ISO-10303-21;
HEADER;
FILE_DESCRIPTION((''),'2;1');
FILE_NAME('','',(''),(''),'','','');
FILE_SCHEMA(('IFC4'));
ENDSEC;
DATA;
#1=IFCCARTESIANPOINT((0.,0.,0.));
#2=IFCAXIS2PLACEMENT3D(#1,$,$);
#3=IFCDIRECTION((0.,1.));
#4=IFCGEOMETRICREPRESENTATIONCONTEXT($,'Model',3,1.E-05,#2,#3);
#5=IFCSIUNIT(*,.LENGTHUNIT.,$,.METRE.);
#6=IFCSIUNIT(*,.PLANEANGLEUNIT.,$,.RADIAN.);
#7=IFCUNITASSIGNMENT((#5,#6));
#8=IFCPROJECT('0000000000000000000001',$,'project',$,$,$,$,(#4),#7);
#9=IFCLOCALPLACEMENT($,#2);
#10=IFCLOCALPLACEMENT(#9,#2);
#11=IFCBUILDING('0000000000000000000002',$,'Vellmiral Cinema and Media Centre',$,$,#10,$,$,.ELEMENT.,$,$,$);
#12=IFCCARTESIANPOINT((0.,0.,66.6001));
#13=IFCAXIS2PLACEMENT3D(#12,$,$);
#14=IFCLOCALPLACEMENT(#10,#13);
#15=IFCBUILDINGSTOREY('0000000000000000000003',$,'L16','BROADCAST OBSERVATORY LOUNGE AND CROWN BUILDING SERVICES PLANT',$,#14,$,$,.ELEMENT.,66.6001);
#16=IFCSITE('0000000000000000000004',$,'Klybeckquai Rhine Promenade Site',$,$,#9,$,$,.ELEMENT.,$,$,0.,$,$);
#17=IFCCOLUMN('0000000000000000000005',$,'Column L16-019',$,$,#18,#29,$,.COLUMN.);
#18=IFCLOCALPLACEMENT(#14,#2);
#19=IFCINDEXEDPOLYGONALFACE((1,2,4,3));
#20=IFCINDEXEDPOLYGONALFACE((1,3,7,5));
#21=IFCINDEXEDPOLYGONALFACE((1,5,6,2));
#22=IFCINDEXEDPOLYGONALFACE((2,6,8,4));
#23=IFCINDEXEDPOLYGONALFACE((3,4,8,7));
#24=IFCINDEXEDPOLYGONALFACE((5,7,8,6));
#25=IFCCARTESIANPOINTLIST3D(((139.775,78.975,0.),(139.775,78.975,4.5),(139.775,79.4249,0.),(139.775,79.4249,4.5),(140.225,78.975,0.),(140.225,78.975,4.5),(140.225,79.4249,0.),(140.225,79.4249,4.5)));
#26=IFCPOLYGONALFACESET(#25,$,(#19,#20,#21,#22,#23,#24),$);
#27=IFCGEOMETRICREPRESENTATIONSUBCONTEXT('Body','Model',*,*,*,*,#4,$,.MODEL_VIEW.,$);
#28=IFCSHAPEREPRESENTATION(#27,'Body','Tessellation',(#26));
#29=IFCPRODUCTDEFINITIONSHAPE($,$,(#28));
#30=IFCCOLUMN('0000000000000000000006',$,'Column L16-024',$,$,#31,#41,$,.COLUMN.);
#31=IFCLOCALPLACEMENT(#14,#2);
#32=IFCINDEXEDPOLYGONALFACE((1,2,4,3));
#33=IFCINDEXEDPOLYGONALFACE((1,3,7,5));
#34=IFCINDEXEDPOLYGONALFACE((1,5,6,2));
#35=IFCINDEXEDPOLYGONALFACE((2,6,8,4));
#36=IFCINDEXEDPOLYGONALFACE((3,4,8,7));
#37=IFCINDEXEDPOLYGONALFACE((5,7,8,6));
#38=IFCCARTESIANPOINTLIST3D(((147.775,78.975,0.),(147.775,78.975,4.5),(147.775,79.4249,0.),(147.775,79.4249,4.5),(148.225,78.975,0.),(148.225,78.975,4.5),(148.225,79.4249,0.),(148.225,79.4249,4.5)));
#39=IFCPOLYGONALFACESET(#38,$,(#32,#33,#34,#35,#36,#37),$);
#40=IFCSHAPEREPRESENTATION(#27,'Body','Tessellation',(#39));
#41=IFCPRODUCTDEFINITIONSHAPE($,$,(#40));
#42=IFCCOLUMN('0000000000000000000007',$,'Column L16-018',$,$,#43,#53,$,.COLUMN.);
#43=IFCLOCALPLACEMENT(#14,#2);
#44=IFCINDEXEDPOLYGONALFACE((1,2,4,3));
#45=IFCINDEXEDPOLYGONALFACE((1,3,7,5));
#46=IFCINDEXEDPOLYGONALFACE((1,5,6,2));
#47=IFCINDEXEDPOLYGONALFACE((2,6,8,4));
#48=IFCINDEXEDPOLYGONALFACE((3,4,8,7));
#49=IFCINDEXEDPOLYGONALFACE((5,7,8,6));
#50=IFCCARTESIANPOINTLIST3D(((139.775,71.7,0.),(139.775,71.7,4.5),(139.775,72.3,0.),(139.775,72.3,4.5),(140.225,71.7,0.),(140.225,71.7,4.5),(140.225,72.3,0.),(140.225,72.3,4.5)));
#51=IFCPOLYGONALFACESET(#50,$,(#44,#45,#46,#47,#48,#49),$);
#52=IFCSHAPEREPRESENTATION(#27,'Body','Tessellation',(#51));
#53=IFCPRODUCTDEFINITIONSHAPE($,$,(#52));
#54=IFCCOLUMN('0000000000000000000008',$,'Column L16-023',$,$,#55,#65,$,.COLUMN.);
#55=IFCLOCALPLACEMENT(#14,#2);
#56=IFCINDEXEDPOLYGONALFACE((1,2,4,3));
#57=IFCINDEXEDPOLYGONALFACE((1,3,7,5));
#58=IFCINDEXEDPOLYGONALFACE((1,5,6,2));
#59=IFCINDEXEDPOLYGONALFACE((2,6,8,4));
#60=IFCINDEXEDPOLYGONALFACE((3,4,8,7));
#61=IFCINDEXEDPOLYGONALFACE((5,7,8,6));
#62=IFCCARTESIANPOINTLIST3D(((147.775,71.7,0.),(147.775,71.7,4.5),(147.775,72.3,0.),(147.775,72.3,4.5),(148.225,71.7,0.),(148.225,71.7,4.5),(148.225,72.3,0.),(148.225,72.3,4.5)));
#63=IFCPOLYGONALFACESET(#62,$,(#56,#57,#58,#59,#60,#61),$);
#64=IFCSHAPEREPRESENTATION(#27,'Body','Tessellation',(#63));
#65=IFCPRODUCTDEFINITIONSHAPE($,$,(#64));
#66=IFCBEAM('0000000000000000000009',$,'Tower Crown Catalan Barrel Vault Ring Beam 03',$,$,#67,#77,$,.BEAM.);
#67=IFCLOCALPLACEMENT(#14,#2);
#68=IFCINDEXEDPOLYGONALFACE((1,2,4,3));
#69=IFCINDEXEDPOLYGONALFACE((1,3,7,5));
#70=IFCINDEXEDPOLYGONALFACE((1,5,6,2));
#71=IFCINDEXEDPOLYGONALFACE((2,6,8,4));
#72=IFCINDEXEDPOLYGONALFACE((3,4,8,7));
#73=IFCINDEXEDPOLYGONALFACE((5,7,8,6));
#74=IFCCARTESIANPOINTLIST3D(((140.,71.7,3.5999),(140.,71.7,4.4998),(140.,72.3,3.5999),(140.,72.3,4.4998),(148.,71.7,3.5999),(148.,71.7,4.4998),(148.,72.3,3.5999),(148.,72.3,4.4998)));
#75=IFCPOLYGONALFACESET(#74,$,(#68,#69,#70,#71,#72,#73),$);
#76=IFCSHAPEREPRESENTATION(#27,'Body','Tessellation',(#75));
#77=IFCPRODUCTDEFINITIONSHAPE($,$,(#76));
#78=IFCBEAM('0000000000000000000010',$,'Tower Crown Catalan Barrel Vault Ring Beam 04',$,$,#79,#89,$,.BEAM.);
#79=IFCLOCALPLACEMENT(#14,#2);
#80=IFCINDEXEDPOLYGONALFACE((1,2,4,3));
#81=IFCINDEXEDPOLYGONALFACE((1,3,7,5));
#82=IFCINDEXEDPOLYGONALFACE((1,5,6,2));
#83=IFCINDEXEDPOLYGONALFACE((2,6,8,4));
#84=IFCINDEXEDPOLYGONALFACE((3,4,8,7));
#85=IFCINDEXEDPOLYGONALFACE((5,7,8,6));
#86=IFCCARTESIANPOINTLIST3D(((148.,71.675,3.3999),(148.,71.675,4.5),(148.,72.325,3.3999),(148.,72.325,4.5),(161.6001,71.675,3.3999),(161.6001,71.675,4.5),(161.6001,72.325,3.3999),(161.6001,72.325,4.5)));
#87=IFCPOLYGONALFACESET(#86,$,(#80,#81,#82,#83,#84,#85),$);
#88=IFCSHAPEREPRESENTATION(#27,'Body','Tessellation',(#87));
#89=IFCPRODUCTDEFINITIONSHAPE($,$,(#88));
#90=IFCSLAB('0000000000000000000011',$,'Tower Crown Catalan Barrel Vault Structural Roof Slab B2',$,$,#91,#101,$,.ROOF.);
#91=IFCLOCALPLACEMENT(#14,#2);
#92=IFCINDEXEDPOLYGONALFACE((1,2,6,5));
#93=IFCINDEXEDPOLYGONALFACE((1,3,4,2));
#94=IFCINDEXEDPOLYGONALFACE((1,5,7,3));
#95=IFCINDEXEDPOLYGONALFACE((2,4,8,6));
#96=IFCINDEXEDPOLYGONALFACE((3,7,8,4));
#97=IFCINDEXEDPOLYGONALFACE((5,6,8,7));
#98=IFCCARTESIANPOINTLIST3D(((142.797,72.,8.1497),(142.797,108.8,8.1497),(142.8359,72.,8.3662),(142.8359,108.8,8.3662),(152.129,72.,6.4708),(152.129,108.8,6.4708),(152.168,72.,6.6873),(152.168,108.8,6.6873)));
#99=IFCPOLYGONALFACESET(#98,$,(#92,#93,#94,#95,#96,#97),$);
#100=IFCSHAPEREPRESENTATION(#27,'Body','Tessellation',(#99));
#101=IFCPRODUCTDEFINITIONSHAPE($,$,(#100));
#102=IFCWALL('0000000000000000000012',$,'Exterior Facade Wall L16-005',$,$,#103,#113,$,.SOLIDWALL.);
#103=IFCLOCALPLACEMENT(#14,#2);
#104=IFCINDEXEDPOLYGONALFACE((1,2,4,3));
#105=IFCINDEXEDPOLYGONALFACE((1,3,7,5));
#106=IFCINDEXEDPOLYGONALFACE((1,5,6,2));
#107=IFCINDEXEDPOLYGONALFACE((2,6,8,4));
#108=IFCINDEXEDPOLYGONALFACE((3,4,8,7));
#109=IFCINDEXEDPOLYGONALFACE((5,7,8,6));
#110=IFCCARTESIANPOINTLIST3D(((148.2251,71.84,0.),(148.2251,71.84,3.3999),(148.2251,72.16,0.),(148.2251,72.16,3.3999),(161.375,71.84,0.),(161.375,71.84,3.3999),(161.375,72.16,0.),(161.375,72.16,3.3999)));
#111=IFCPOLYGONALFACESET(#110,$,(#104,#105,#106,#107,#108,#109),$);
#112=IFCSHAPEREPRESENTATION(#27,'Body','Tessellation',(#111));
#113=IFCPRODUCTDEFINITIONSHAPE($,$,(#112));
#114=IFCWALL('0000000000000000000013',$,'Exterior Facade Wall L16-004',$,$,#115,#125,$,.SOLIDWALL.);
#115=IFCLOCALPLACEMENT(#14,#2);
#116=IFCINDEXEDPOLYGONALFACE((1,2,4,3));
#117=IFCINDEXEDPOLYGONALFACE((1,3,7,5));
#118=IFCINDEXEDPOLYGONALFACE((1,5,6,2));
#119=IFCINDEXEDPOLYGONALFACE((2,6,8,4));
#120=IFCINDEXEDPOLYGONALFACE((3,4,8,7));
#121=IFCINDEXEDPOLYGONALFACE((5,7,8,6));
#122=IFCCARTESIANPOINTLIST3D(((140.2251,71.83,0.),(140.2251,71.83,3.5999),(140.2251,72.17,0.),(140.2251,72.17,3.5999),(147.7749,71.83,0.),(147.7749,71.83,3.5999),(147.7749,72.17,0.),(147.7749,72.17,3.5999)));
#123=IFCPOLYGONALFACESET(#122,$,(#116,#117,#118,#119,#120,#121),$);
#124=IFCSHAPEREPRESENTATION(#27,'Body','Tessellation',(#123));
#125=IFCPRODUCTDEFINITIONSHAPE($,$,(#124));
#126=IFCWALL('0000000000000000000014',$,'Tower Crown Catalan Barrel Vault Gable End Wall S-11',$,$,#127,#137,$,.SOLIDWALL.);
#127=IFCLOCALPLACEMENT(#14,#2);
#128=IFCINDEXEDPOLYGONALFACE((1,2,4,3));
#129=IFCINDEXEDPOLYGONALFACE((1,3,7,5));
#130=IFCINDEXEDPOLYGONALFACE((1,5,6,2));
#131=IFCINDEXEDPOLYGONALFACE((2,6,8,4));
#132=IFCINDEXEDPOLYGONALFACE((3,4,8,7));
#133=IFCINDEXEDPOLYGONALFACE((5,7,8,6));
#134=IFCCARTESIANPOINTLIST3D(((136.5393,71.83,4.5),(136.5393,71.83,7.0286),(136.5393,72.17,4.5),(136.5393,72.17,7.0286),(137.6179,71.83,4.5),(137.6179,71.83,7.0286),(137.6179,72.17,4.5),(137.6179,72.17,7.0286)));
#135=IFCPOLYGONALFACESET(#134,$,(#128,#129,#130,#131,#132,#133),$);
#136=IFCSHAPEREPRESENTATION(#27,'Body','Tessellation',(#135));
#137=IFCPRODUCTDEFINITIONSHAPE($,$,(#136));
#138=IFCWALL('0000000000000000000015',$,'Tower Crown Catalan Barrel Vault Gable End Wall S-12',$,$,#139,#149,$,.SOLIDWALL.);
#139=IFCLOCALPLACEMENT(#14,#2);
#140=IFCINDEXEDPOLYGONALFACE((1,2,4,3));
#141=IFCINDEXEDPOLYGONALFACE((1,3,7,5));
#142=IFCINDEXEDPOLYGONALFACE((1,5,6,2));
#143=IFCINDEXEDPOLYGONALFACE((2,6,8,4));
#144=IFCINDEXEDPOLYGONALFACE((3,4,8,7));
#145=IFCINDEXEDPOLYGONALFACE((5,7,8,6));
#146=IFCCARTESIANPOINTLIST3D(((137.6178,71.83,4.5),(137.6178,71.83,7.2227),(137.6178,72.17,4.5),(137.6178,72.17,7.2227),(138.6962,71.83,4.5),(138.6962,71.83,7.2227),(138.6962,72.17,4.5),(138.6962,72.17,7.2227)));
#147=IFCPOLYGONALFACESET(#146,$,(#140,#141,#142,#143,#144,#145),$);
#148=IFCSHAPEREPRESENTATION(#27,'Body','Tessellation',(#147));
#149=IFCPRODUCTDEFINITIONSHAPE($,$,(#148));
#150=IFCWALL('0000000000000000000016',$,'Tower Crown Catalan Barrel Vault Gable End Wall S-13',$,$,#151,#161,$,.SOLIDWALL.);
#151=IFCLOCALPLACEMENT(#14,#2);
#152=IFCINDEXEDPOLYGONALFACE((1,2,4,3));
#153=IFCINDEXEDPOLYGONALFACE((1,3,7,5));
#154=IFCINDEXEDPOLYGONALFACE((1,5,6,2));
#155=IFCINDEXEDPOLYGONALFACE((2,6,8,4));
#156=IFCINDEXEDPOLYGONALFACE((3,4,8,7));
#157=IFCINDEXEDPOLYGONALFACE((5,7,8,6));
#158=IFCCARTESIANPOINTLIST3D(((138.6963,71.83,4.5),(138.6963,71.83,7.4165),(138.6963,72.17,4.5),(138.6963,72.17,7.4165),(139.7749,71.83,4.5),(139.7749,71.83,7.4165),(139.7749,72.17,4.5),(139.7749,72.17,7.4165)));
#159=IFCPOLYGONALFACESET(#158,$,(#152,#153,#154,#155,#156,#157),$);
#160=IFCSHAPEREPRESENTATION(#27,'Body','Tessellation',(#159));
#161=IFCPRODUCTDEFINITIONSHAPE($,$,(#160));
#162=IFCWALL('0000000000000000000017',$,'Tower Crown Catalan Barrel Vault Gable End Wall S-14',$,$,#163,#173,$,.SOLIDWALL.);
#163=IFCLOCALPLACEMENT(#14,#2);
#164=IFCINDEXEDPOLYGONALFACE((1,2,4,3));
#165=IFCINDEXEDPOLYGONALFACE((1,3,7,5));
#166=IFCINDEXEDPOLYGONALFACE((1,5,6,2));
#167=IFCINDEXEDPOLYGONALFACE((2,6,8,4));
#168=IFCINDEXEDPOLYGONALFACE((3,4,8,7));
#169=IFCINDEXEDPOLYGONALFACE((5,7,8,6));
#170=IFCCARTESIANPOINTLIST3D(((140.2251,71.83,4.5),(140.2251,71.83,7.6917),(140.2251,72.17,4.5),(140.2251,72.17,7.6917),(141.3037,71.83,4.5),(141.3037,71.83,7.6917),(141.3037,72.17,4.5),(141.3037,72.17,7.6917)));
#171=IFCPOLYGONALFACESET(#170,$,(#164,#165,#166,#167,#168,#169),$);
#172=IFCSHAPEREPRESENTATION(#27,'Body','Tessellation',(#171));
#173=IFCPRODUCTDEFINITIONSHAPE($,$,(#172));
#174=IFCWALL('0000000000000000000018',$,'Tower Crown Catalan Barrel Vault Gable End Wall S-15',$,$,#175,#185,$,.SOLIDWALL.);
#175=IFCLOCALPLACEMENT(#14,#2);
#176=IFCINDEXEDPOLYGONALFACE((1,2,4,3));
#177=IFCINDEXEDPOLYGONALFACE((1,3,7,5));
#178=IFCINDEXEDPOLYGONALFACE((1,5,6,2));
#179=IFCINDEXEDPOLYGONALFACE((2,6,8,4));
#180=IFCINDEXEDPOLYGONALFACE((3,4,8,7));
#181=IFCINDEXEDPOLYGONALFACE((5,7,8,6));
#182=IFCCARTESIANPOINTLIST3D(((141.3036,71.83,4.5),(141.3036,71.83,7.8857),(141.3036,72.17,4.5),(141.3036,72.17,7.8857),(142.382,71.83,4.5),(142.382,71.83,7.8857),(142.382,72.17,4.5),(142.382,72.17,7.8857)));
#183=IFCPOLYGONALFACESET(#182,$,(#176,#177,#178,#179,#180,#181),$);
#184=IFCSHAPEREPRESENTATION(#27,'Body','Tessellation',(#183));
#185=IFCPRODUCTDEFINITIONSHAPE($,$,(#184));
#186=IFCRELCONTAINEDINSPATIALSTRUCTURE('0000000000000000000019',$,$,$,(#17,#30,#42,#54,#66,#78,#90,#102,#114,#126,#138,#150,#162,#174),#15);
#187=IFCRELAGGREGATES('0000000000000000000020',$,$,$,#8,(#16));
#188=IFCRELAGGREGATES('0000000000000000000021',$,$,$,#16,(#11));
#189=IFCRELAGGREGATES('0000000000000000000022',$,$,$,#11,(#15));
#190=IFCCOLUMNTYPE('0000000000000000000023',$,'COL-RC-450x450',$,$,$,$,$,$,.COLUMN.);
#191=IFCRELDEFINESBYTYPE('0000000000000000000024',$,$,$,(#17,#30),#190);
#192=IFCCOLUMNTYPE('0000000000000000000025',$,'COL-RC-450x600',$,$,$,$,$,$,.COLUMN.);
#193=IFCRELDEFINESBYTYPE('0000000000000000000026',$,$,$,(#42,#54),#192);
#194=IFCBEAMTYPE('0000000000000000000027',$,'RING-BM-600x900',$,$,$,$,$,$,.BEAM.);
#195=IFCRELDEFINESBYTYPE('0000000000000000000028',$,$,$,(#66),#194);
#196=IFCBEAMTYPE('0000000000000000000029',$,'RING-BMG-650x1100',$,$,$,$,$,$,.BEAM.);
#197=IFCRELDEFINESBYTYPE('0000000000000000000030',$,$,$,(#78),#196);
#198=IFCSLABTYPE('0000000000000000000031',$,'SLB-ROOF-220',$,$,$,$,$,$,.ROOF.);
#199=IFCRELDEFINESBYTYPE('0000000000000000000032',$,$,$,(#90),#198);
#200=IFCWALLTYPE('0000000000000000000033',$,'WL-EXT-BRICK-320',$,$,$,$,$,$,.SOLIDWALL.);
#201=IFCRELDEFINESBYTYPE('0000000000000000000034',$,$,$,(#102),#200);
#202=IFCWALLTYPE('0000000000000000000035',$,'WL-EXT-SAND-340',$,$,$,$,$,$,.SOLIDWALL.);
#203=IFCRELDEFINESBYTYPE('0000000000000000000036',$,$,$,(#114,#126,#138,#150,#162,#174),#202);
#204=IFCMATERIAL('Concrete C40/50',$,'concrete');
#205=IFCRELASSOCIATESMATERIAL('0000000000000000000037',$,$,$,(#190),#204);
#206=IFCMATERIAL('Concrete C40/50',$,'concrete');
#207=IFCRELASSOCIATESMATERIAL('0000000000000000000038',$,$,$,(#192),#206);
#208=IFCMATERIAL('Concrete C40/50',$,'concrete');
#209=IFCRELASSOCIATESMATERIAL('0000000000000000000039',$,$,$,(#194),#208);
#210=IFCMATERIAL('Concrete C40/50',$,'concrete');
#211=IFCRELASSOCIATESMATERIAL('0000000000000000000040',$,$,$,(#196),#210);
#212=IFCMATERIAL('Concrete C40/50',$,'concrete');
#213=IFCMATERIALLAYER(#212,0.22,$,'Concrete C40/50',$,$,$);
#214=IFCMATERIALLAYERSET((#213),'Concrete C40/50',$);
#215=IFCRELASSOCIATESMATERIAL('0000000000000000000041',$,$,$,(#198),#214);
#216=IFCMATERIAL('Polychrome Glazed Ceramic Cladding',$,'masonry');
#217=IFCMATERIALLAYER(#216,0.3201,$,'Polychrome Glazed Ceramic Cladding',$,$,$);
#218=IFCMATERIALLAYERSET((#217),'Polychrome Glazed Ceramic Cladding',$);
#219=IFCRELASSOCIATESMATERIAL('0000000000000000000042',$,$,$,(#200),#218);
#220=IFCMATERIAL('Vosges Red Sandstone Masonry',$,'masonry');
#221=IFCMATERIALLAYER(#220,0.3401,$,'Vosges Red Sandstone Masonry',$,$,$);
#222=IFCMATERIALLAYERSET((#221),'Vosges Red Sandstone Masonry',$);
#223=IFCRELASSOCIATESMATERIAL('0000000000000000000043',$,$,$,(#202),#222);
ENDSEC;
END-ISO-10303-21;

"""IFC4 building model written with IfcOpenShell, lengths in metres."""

from ifc_helpers import new_model, si_unit, direction, frame, frame_2d, origin, origin_2d, place, context, subcontext, project, spatial, polyline, rectangle, outline, extrude, material, layer, layer_set, material_profile, profile_set, type_object, element, save


model = new_model("IFC4")

# Units and contexts
model_context = context("Model", 3, precision=1e-05, world=origin(), true_north=direction((0.0, 1.0)))
body_context = subcontext(model_context, "Body", "Model", "MODEL_VIEW")
ifc_project = project(units=[si_unit("LENGTHUNIT", "METRE"), si_unit("PLANEANGLEUNIT", "RADIAN")], contexts=[model_context])

# Site, building, storey
site_placement = place(None, origin())
site = spatial("IfcSite", under=ifc_project, at=site_placement, Name="Klybeckquai Rhine Promenade Site", CompositionType="ELEMENT", RefElevation=0.0)
building_placement = place(site_placement, origin())
building = spatial("IfcBuilding", under=site, at=building_placement, Name="Vellmiral Cinema and Media Centre", CompositionType="ELEMENT")
storey_placement = place(building_placement, frame((0.0, 0.0, 66.6001)))
storey = spatial("IfcBuildingStorey", under=building, at=storey_placement, Name="L16", Description="BROADCAST OBSERVATORY LOUNGE AND CROWN BUILDING SERVICES PLANT", CompositionType="ELEMENT", Elevation=66.6001)

# Columns
ifc_material_1 = material(Name="Concrete C40/50", Category="concrete")
ifc_material_profile_1 = material_profile(ifc_material_1, rectangle(XDim=0.45, YDim=0.45, at=origin_2d()), Name="RC 450x450")
ifc_profile_set_1 = profile_set([ifc_material_profile_1], Name="Concrete C40/50")
column_type_1 = type_object("IfcColumnType", Name="COL-RC-450x450", PredefinedType="COLUMN", material=ifc_profile_set_1)
for number, where, z_axis, x_axis, name in (
    (1, (140.0, 79.2, 0.0), (0.0, 0.0, 1.0), (1.0, 0.0, 0.0), "Column L16-019"),
    (2, (148.0, 79.2, 0.0), (0.0, 0.0, 1.0), (1.0, 0.0, 0.0), "Column L16-024"),
):
    element("IfcColumn", number, at=place(storey_placement, frame(where, z_axis=z_axis, x_axis=x_axis)), inside=storey, type_object=column_type_1, Name=name, PredefinedType="COLUMN", context=body_context, shape_type="SweptSolid", body=[
        extrude(rectangle(XDim=0.45, YDim=0.45, at=origin_2d()), origin(), (0.0, 0.0, 1.0), 4.5),
    ])
ifc_material_2 = material(Name="Concrete C40/50", Category="concrete")
ifc_material_profile_2 = material_profile(ifc_material_2, rectangle(XDim=0.45, YDim=0.6001, at=origin_2d()), Name="RC 450x600")
ifc_profile_set_2 = profile_set([ifc_material_profile_2], Name="Concrete C40/50")
column_type_2 = type_object("IfcColumnType", Name="COL-RC-450x600", PredefinedType="COLUMN", material=ifc_profile_set_2)
for number, where, z_axis, x_axis, name in (
    (3, (140.0, 72.0, 0.0), (0.0, 0.0, 1.0), (1.0, 0.0, 0.0), "Column L16-018"),
    (4, (148.0, 72.0, 0.0), (0.0, 0.0, 1.0), (1.0, 0.0, 0.0), "Column L16-023"),
):
    element("IfcColumn", number, at=place(storey_placement, frame(where, z_axis=z_axis, x_axis=x_axis)), inside=storey, type_object=column_type_2, Name=name, PredefinedType="COLUMN", context=body_context, shape_type="SweptSolid", body=[
        extrude(rectangle(XDim=0.45, YDim=0.6001, at=origin_2d()), origin(), (0.0, 0.0, 1.0), 4.5),
    ])

# Beams
ifc_material_3 = material(Name="Concrete C40/50", Category="concrete")
ifc_material_profile_3 = material_profile(ifc_material_3, rectangle(XDim=0.6001, YDim=0.8999, at=origin_2d()), Name="RC 600x900")
ifc_profile_set_3 = profile_set([ifc_material_profile_3], Name="Concrete C40/50")
beam_type_1 = type_object("IfcBeamType", Name="RING-BM-600x900", PredefinedType="BEAM", material=ifc_profile_set_3)
beam_1_placement = place(storey_placement, frame((140.0, 72.0, 4.0498), z_axis=(1.0, 0.0, 0.0), x_axis=(0.0, 1.0, 0.0)))
element("IfcBeam", 5, at=beam_1_placement, inside=storey, type_object=beam_type_1, Name="Tower Crown Catalan Barrel Vault Ring Beam 03", PredefinedType="BEAM", context=body_context, shape_type="SweptSolid", body=[
    extrude(rectangle(XDim=0.6001, YDim=0.8999, at=origin_2d()), origin(), (0.0, 0.0, 1.0), 8.0),
])
ifc_material_4 = material(Name="Concrete C40/50", Category="concrete")
ifc_material_profile_4 = material_profile(ifc_material_4, rectangle(XDim=0.6499, YDim=1.1001, at=origin_2d()), Name="RC 650x1100")
ifc_profile_set_4 = profile_set([ifc_material_profile_4], Name="Concrete C40/50")
beam_type_2 = type_object("IfcBeamType", Name="RING-BMG-650x1100", PredefinedType="BEAM", material=ifc_profile_set_4)
beam_2_placement = place(storey_placement, frame((148.0, 72.0, 3.95), z_axis=(1.0, 0.0, 0.0), x_axis=(0.0, 1.0, 0.0)))
element("IfcBeam", 6, at=beam_2_placement, inside=storey, type_object=beam_type_2, Name="Tower Crown Catalan Barrel Vault Ring Beam 04", PredefinedType="BEAM", context=body_context, shape_type="SweptSolid", body=[
    extrude(rectangle(XDim=0.6499, YDim=1.1001, at=origin_2d()), origin(), (0.0, 0.0, 1.0), 13.6001),
])

# Slab
ifc_material_5 = material(Name="Concrete C40/50", Category="concrete")
ifc_layer_1 = layer(ifc_material_5, 0.22, Name="Concrete C40/50")
ifc_layer_set_1 = layer_set([ifc_layer_1], Name="Concrete C40/50")
slab_type = type_object("IfcSlabType", Name="SLB-ROOF-220", PredefinedType="ROOF", material=ifc_layer_set_1)
slab_placement = place(storey_placement, frame((142.8359, 72.0, 8.3662), z_axis=(0.17707, 0.0, 0.984198), x_axis=(0.984198, 0.0, -0.17707)))
element("IfcSlab", 7, at=slab_placement, inside=storey, type_object=slab_type, Name="Tower Crown Catalan Barrel Vault Structural Roof Slab B2", PredefinedType="ROOF", context=body_context, shape_type="SweptSolid", body=[
    extrude(outline(polyline([(0.0, 0.0), (9.4819, 0.0), (9.4819, 36.8), (0.0, 36.8), (0.0, 0.0)])), origin(), (0.0, 0.0, -1.0), 0.22),
])

# Walls
ifc_material_6 = material(Name="Polychrome Glazed Ceramic Cladding", Category="masonry")
ifc_layer_2 = layer(ifc_material_6, 0.3201, Name="Polychrome Glazed Ceramic Cladding")
ifc_layer_set_2 = layer_set([ifc_layer_2], Name="Polychrome Glazed Ceramic Cladding")
wall_type_1 = type_object("IfcWallType", Name="WL-EXT-BRICK-320", PredefinedType="SOLIDWALL", material=ifc_layer_set_2)
wall_1_placement = place(storey_placement, frame((148.2251, 72.0, 0.0), z_axis=(0.0, 0.0, 1.0), x_axis=(1.0, 0.0, 0.0)))
element("IfcWall", 8, at=wall_1_placement, inside=storey, type_object=wall_type_1, Name="Exterior Facade Wall L16-005", PredefinedType="SOLIDWALL", context=body_context, shape_type="SweptSolid", body=[
    extrude(rectangle(XDim=13.1499, YDim=0.3201, at=frame_2d((6.575, 0.0))), origin(), (0.0, 0.0, 1.0), 3.3999),
])
ifc_material_7 = material(Name="Vosges Red Sandstone Masonry", Category="masonry")
ifc_layer_3 = layer(ifc_material_7, 0.3401, Name="Vosges Red Sandstone Masonry")
ifc_layer_set_3 = layer_set([ifc_layer_3], Name="Vosges Red Sandstone Masonry")
wall_type_2 = type_object("IfcWallType", Name="WL-EXT-SAND-340", PredefinedType="SOLIDWALL", material=ifc_layer_set_3)
wall_2_placement = place(storey_placement, frame((140.2251, 72.0, 0.0), z_axis=(0.0, 0.0, 1.0), x_axis=(1.0, 0.0, 0.0)))
element("IfcWall", 9, at=wall_2_placement, inside=storey, type_object=wall_type_2, Name="Exterior Facade Wall L16-004", PredefinedType="SOLIDWALL", context=body_context, shape_type="SweptSolid", body=[
    extrude(rectangle(XDim=7.5498, YDim=0.3401, at=frame_2d((3.7749, 0.0))), origin(), (0.0, 0.0, 1.0), 3.5999),
])
wall_3_placement = place(storey_placement, frame((136.5393, 72.0, 4.5), z_axis=(0.0, 0.0, 1.0), x_axis=(1.0, 0.0, 0.0)))
element("IfcWall", 10, at=wall_3_placement, inside=storey, type_object=wall_type_2, Name="Tower Crown Catalan Barrel Vault Gable End Wall S-11", PredefinedType="SOLIDWALL", context=body_context, shape_type="SweptSolid", body=[
    extrude(rectangle(XDim=1.0786, YDim=0.3401, at=frame_2d((0.5393, 0.0))), origin(), (0.0, 0.0, 1.0), 2.5286),
])
wall_4_placement = place(storey_placement, frame((137.6179, 72.0, 4.5), z_axis=(0.0, 0.0, 1.0), x_axis=(1.0, 0.0, 0.0)))
element("IfcWall", 11, at=wall_4_placement, inside=storey, type_object=wall_type_2, Name="Tower Crown Catalan Barrel Vault Gable End Wall S-12", PredefinedType="SOLIDWALL", context=body_context, shape_type="SweptSolid", body=[
    extrude(rectangle(XDim=1.0784, YDim=0.3401, at=frame_2d((0.5391, 0.0))), origin(), (0.0, 0.0, 1.0), 2.7227),
])
wall_5_placement = place(storey_placement, frame((138.6963, 72.0, 4.5), z_axis=(0.0, 0.0, 1.0), x_axis=(1.0, 0.0, 0.0)))
element("IfcWall", 12, at=wall_5_placement, inside=storey, type_object=wall_type_2, Name="Tower Crown Catalan Barrel Vault Gable End Wall S-13", PredefinedType="SOLIDWALL", context=body_context, shape_type="SweptSolid", body=[
    extrude(rectangle(XDim=1.0786, YDim=0.3401, at=frame_2d((0.5393, 0.0))), origin(), (0.0, 0.0, 1.0), 2.9165),
])
wall_6_placement = place(storey_placement, frame((140.2251, 72.0, 4.5), z_axis=(0.0, 0.0, 1.0), x_axis=(1.0, 0.0, 0.0)))
element("IfcWall", 13, at=wall_6_placement, inside=storey, type_object=wall_type_2, Name="Tower Crown Catalan Barrel Vault Gable End Wall S-14", PredefinedType="SOLIDWALL", context=body_context, shape_type="SweptSolid", body=[
    extrude(rectangle(XDim=1.0786, YDim=0.3401, at=frame_2d((0.5393, 0.0))), origin(), (0.0, 0.0, 1.0), 3.1917),
])
wall_7_placement = place(storey_placement, frame((141.3037, 72.0, 4.5), z_axis=(0.0, 0.0, 1.0), x_axis=(1.0, 0.0, 0.0)))
element("IfcWall", 14, at=wall_7_placement, inside=storey, type_object=wall_type_2, Name="Tower Crown Catalan Barrel Vault Gable End Wall S-15", PredefinedType="SOLIDWALL", context=body_context, shape_type="SweptSolid", body=[
    extrude(rectangle(XDim=1.0784, YDim=0.3401, at=frame_2d((0.5391, 0.0))), origin(), (0.0, 0.0, 1.0), 3.3857),
])

save(model, "model.ifc")
